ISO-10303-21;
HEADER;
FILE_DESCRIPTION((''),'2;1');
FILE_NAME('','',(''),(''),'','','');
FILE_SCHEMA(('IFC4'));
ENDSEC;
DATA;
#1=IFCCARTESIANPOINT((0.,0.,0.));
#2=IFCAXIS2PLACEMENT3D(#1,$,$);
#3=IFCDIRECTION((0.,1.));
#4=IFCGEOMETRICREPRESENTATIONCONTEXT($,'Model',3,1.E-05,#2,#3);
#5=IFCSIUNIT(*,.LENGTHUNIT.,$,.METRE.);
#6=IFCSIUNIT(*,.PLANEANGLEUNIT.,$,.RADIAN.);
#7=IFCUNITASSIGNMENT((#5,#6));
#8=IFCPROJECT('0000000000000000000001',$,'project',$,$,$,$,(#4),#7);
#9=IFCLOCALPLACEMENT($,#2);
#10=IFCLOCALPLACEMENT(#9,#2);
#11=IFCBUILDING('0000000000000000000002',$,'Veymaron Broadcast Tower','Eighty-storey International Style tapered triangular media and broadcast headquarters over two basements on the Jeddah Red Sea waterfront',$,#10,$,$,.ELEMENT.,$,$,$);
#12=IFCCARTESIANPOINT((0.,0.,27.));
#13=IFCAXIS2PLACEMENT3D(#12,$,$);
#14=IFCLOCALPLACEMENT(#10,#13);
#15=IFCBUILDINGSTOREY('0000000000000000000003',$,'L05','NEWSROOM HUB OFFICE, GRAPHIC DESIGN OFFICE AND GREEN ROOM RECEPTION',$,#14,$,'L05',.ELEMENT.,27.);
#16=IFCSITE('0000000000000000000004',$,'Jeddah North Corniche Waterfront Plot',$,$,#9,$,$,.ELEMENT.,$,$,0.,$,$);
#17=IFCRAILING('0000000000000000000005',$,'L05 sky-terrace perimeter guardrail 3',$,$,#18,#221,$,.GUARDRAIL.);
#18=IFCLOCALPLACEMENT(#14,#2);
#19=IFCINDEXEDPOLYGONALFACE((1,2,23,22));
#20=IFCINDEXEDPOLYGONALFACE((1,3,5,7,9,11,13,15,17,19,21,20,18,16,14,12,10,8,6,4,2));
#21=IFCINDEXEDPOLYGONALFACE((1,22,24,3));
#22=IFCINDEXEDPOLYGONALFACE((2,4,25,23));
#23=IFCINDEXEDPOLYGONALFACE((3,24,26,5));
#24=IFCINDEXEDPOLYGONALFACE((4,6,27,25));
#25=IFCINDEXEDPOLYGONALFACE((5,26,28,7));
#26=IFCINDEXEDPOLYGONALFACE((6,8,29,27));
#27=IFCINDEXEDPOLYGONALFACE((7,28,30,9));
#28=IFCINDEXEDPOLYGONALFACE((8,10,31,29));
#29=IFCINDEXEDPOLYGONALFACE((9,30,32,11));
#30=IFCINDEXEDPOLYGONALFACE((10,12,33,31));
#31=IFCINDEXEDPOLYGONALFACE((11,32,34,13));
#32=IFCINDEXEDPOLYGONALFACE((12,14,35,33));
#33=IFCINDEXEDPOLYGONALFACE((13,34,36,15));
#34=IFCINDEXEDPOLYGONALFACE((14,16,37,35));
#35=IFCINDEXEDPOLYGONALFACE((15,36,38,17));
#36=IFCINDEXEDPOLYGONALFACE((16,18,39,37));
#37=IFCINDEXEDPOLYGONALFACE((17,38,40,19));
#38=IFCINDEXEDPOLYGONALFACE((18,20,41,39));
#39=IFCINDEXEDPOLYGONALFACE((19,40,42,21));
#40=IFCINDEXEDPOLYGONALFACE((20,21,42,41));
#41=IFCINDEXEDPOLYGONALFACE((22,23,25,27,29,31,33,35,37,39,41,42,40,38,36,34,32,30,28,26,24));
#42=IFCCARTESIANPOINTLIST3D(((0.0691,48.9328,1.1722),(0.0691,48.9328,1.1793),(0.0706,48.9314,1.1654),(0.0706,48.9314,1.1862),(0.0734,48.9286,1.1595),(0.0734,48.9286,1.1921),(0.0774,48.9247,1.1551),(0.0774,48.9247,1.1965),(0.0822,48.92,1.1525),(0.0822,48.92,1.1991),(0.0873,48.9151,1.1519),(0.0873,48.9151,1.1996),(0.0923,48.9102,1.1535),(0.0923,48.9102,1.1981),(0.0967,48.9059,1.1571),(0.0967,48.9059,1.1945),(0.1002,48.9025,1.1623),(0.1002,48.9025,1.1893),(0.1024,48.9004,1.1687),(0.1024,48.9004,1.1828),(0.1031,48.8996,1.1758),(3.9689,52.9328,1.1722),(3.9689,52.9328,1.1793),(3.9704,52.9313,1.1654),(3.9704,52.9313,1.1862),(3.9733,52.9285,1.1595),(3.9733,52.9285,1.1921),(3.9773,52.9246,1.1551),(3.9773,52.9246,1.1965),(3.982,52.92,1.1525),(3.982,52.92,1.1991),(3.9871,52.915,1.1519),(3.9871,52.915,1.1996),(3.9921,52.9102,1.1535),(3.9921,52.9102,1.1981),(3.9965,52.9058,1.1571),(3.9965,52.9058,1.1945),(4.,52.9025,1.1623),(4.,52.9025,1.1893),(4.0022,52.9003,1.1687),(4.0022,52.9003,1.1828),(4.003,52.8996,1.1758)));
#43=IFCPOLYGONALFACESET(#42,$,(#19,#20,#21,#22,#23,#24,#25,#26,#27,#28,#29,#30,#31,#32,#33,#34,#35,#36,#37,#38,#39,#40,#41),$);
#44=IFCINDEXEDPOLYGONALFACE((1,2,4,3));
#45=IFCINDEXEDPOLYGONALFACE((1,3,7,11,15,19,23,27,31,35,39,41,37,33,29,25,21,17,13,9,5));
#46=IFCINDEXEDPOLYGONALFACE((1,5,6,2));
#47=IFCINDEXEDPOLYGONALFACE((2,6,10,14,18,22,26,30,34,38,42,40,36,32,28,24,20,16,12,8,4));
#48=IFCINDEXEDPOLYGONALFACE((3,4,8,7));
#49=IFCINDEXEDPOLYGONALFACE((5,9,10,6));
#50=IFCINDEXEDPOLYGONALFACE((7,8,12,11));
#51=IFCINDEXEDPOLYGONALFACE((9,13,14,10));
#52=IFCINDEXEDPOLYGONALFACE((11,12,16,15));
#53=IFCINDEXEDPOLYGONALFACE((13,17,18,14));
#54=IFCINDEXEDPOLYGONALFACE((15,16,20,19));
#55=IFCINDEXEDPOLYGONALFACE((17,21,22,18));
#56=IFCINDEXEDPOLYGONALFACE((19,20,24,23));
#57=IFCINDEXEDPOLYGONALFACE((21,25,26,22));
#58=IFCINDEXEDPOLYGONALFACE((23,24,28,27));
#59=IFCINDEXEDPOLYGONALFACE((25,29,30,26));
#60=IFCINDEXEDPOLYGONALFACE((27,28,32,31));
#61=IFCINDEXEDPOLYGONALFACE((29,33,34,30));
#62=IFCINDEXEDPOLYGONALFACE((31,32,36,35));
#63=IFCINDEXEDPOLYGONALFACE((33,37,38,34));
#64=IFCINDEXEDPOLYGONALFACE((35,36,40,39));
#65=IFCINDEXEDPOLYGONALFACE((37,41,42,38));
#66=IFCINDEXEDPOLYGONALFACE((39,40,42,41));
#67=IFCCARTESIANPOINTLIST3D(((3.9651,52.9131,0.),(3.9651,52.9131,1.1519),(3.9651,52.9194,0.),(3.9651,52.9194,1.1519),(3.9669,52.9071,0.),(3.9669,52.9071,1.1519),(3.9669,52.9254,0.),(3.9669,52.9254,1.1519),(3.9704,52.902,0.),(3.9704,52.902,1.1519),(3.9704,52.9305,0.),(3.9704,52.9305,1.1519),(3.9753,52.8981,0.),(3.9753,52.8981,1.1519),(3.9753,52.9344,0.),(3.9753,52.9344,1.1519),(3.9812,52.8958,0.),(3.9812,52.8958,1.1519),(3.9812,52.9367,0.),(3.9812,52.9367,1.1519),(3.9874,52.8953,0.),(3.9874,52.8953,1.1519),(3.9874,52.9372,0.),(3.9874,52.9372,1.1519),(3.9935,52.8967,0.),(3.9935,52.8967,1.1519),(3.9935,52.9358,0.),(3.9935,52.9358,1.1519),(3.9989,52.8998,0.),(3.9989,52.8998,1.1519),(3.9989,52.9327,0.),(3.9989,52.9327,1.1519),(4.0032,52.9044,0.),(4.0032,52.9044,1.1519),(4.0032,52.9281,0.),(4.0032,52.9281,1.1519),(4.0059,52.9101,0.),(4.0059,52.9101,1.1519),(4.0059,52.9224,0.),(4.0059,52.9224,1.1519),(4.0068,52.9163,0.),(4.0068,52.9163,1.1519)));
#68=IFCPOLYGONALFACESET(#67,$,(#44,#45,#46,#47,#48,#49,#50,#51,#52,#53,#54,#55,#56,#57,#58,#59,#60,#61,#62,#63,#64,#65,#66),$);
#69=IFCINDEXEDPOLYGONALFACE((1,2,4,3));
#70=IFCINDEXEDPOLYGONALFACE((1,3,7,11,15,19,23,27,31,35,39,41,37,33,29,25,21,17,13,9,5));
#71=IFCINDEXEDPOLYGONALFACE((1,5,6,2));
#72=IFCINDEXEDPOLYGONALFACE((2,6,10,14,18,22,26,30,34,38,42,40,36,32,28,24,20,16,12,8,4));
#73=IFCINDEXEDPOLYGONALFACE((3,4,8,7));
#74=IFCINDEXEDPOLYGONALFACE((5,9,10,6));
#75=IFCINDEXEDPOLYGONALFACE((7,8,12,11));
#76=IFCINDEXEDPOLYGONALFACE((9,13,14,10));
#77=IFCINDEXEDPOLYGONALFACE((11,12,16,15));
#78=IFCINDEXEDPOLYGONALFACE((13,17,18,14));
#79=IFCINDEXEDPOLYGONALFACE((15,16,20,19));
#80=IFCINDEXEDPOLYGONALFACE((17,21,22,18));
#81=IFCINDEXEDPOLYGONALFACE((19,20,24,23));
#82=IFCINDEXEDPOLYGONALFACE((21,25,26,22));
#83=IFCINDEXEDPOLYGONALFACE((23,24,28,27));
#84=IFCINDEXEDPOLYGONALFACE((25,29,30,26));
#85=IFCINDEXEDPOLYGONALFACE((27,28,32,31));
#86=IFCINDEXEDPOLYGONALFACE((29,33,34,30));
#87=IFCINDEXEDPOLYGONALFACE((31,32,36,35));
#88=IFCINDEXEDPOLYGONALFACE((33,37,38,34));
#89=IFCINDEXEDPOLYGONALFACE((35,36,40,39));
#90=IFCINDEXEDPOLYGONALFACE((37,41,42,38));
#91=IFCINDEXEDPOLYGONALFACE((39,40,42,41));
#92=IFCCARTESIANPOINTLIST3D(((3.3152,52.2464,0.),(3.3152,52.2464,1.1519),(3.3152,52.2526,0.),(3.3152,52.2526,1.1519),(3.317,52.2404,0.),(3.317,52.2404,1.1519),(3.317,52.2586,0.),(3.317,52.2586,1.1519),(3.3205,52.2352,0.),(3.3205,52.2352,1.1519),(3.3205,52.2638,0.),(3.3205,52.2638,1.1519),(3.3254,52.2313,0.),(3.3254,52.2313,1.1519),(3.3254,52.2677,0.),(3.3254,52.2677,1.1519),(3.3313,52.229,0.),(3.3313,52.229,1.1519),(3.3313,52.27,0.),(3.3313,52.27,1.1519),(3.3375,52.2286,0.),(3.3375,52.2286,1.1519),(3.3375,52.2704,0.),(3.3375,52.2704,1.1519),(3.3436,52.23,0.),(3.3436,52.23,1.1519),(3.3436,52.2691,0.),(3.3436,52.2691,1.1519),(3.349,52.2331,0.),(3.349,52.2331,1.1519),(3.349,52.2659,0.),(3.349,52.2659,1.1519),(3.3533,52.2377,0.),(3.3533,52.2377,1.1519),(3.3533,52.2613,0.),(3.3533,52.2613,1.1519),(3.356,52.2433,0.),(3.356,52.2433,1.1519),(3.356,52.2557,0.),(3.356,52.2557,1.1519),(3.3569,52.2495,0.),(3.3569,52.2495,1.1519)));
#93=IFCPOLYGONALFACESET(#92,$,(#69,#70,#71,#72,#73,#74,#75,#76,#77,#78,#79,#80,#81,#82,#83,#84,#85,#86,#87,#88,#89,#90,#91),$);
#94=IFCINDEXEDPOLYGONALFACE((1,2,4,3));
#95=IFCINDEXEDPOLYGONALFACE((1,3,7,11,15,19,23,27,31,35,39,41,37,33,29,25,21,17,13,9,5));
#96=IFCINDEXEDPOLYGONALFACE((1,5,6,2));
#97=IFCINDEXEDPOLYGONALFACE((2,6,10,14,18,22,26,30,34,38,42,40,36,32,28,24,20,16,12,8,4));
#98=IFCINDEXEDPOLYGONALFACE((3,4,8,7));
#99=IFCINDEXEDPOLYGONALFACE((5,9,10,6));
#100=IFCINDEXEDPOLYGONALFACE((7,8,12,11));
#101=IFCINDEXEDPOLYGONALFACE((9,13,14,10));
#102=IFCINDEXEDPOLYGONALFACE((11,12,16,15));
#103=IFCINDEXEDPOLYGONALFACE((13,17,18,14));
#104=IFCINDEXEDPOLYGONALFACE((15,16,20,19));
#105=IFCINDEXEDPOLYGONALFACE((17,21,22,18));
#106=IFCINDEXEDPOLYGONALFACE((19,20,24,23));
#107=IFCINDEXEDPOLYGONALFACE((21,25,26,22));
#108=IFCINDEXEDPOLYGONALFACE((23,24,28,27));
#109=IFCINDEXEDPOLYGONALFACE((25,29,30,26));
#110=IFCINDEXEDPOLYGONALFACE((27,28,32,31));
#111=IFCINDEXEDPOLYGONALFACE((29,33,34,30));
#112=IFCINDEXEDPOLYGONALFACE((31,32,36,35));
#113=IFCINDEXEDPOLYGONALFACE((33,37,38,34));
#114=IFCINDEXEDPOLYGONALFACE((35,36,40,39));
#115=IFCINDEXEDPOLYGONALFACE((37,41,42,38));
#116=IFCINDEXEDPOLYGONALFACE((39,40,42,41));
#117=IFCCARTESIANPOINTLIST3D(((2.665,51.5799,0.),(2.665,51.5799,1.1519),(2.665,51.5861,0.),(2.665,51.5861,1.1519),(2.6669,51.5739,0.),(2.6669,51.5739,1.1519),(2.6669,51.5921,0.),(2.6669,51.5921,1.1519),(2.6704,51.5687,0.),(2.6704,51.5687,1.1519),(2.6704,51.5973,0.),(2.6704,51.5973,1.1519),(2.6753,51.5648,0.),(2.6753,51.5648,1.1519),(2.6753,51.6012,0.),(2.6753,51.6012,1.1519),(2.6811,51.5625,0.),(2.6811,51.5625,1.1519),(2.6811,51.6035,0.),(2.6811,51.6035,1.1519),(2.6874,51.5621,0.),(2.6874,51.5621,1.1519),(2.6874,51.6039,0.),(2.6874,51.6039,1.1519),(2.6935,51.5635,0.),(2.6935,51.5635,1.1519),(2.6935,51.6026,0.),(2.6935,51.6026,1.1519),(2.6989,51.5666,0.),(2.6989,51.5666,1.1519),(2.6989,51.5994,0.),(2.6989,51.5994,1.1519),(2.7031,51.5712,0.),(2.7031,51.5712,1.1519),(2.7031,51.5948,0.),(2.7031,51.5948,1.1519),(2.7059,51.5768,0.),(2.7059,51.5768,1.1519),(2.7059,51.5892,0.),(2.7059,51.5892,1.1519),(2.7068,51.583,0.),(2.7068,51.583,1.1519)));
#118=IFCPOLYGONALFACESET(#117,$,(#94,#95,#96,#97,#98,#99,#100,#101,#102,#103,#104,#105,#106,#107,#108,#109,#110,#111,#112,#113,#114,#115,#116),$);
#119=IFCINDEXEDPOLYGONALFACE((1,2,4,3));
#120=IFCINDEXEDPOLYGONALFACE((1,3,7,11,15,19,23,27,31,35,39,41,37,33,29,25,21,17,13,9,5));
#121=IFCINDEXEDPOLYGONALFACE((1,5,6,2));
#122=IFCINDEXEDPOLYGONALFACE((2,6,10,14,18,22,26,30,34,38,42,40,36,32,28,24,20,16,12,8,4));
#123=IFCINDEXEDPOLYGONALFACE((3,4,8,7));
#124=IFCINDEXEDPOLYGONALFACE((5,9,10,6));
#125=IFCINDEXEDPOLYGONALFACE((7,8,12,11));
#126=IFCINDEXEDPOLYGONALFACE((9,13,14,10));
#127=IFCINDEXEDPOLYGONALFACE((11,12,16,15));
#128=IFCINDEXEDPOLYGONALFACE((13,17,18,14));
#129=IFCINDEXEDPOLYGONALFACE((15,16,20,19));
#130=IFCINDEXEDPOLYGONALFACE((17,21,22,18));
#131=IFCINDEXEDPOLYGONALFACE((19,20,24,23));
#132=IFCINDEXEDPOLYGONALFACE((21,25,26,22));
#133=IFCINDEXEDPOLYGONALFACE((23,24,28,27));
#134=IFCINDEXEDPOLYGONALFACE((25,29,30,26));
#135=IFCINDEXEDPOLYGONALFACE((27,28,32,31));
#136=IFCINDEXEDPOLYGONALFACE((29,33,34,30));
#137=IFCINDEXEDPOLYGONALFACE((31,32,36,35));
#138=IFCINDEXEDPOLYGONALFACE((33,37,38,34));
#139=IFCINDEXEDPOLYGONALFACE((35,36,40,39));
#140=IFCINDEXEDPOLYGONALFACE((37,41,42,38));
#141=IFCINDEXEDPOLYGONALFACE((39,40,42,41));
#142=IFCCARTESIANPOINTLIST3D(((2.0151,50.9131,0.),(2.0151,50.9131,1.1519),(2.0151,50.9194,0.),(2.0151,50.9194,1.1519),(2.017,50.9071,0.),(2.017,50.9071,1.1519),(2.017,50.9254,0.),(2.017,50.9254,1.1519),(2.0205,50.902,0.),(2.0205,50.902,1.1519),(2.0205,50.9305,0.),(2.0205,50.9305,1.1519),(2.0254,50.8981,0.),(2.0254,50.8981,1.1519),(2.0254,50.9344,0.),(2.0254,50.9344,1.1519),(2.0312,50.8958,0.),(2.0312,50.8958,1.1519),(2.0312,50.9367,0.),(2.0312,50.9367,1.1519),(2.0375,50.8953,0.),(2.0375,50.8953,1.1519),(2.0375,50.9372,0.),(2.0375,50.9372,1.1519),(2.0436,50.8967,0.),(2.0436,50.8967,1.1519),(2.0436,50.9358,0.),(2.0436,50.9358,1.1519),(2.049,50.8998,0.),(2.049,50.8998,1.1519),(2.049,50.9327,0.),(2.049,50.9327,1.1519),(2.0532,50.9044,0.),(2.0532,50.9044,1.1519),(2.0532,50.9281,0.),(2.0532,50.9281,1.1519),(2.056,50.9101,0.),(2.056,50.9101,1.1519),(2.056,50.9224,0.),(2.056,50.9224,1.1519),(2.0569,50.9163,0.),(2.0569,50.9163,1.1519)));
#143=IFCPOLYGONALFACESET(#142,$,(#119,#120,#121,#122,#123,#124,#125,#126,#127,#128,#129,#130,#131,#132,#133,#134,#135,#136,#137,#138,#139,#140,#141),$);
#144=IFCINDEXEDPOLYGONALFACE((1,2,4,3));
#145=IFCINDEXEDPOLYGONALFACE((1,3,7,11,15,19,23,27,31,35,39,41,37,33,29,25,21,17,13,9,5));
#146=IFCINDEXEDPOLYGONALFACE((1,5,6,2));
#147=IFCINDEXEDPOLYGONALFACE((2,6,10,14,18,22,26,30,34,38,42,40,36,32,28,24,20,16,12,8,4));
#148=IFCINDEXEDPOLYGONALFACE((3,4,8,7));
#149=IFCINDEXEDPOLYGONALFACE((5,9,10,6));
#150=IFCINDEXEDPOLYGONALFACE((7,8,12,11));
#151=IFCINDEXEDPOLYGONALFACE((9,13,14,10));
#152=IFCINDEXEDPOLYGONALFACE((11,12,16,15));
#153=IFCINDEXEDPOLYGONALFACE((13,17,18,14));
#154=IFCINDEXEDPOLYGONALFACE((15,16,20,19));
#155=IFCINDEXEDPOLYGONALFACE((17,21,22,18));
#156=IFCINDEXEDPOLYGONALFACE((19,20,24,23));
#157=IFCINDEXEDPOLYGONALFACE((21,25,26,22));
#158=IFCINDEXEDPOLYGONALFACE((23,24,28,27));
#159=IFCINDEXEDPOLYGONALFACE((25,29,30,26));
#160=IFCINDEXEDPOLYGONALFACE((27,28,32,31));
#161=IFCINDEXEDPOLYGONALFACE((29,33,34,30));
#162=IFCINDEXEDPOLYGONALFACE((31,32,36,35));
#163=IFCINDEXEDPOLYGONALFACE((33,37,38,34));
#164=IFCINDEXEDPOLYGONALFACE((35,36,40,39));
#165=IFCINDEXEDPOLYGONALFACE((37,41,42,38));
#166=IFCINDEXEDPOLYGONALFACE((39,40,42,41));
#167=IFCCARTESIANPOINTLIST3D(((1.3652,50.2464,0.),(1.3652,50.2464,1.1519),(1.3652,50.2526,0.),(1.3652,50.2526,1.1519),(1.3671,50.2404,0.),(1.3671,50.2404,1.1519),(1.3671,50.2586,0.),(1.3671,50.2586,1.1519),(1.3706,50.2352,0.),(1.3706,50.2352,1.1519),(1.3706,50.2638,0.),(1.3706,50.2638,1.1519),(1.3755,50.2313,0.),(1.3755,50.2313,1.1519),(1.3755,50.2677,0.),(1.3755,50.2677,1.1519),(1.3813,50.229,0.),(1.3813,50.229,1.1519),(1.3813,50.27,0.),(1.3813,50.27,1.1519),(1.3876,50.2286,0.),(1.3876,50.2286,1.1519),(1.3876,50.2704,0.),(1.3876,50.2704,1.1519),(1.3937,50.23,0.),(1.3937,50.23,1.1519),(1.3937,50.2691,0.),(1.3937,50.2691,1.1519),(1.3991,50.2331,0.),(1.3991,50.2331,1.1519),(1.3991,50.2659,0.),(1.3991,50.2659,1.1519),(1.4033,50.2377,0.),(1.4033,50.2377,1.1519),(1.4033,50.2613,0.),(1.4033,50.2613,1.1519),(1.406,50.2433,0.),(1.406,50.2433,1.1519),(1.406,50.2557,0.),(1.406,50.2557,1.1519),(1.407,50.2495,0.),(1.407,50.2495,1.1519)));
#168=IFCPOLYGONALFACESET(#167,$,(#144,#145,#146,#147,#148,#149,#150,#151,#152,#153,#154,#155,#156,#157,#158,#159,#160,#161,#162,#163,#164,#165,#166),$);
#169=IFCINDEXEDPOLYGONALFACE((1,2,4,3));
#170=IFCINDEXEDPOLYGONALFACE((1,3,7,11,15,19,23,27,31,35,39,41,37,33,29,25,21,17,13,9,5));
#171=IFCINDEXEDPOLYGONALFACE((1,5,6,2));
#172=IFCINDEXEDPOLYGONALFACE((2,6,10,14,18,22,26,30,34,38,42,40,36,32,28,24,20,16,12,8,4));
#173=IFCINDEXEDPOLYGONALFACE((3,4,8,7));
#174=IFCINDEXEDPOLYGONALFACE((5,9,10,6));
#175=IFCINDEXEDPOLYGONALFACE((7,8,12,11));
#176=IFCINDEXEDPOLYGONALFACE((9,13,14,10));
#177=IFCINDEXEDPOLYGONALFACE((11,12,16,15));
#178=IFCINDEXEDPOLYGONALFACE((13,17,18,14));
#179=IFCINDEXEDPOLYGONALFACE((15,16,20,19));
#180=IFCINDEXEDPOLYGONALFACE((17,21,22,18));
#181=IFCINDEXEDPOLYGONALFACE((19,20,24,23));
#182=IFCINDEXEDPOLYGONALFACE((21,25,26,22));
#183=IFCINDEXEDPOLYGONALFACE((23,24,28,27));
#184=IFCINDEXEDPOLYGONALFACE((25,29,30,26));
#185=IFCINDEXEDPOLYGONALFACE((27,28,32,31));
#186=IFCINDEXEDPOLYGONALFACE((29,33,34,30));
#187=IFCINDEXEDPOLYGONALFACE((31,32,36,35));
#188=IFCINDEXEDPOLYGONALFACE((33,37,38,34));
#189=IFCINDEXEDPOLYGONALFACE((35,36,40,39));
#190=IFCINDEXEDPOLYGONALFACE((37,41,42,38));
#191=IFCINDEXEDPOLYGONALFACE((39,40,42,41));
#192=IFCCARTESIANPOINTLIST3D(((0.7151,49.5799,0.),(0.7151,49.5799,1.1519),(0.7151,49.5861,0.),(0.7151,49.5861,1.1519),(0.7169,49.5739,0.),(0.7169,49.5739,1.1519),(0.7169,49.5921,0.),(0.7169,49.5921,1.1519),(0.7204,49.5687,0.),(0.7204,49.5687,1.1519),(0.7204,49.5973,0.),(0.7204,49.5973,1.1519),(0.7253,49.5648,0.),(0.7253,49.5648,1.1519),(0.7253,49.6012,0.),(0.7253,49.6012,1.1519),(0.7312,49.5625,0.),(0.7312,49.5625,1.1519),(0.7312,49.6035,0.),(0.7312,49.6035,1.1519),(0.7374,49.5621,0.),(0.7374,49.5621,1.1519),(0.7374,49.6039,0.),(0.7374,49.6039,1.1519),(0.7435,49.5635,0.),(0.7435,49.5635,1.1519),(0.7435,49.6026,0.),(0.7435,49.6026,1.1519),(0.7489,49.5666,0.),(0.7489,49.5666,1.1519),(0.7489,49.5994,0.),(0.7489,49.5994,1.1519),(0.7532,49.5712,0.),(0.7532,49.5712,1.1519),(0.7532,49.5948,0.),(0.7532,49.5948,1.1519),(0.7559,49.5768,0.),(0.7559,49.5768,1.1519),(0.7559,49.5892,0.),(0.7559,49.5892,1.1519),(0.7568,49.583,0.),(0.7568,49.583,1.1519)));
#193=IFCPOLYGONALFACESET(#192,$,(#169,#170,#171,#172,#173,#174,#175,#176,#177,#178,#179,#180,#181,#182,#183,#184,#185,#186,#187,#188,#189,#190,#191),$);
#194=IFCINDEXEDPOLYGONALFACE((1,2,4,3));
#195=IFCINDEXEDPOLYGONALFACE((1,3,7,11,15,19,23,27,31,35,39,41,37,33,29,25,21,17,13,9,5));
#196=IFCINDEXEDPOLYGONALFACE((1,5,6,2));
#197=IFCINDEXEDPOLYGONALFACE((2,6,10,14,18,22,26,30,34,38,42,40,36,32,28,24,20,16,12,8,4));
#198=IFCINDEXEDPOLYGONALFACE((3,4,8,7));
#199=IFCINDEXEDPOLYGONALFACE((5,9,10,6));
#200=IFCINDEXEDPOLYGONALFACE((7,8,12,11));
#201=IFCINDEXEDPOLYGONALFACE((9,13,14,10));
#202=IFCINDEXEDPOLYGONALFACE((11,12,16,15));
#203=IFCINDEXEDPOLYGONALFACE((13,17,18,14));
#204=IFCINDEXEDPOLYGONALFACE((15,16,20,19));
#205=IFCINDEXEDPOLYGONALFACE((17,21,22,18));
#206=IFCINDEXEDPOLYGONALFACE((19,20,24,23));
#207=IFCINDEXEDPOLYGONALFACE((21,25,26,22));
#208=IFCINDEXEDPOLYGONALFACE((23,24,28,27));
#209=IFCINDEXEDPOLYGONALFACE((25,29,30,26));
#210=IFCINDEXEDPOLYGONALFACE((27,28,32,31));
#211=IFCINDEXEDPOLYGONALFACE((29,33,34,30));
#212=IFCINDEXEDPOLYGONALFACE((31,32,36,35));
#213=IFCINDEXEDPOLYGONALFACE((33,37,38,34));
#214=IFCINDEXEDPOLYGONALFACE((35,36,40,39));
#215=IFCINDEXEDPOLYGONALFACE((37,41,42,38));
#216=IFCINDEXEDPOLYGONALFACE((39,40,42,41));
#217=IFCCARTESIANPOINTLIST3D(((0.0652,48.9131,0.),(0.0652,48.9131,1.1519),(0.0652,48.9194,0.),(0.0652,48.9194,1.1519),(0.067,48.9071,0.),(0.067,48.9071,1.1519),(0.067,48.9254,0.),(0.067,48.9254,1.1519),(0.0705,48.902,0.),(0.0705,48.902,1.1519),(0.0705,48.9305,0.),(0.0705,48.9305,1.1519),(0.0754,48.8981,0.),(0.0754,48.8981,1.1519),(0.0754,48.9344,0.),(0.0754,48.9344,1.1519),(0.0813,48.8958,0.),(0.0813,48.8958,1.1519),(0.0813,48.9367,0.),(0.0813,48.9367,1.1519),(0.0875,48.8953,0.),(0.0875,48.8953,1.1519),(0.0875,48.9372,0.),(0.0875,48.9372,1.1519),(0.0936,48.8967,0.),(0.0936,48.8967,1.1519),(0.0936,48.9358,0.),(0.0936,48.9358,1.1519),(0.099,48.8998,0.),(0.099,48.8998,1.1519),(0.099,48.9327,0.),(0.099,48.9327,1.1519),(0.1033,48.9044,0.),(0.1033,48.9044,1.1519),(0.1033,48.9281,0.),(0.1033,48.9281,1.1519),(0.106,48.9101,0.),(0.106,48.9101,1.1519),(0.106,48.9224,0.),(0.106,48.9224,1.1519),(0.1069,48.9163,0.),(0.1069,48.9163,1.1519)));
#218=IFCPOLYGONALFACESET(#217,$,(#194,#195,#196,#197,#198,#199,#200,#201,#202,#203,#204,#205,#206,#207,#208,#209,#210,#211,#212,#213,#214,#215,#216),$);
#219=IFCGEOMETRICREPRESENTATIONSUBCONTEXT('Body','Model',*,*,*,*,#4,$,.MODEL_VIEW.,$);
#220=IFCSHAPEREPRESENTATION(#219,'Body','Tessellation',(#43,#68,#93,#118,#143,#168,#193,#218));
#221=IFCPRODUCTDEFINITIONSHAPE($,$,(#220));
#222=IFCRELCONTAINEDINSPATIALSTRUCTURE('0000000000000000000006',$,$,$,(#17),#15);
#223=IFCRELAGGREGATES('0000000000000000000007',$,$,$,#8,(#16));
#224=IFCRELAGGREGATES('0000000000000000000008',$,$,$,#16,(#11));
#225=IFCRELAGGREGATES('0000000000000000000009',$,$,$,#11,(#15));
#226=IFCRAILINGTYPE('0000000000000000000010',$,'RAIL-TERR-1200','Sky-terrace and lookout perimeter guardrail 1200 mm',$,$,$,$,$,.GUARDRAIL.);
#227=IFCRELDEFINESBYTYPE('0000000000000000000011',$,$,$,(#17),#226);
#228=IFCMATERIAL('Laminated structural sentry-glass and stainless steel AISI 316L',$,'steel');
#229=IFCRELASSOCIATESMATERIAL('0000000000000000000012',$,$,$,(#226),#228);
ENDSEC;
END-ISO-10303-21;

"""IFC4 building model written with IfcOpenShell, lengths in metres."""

from ifc_helpers import new_model, si_unit, direction, frame, origin, origin_2d, place, context, subcontext, project, spatial, circle, extrude, material, type_object, element, save


model = new_model("IFC4")

# Units and contexts
model_context = context("Model", 3, precision=1e-05, world=origin(), true_north=direction((0.0, 1.0)))
body_context = subcontext(model_context, "Body", "Model", "MODEL_VIEW")
ifc_project = project(units=[si_unit("LENGTHUNIT", "METRE"), si_unit("PLANEANGLEUNIT", "RADIAN")], contexts=[model_context])

# Site, building, storey
site_placement = place(None, origin())
site = spatial("IfcSite", under=ifc_project, at=site_placement, Name="Jeddah North Corniche Waterfront Plot", CompositionType="ELEMENT", RefElevation=0.0)
building_placement = place(site_placement, origin())
building = spatial("IfcBuilding", under=site, at=building_placement, Name="Veymaron Broadcast Tower", Description="Eighty-storey International Style tapered triangular media and broadcast headquarters over two basements on the Jeddah Red Sea waterfront", CompositionType="ELEMENT")
storey_placement = place(building_placement, frame((0.0, 0.0, 27.0)))
storey = spatial("IfcBuildingStorey", under=building, at=storey_placement, Name="L05", Description="NEWSROOM HUB OFFICE, GRAPHIC DESIGN OFFICE AND GREEN ROOM RECEPTION", LongName="L05", CompositionType="ELEMENT", Elevation=27.0)

# Railing
ifc_material_1 = material(Name="Laminated structural sentry-glass and stainless steel AISI 316L", Category="steel")
railing_type = type_object("IfcRailingType", Name="RAIL-TERR-1200", Description="Sky-terrace and lookout perimeter guardrail 1200 mm", PredefinedType="GUARDRAIL", material=ifc_material_1)
railing_1_placement = place(storey_placement, frame((3.9858, 52.9163, 0.0)))
element("IfcRailing", 1, at=railing_1_placement, inside=storey, type_object=railing_type, Name="L05 sky-terrace perimeter guardrail 3", PredefinedType="GUARDRAIL", context=body_context, shape_type="SweptSolid", body=[
    extrude(circle(Radius=0.0239, at=origin_2d()), frame((0.0, 0.0, 1.1758), z_axis=(-0.698091, -0.716009, 0.0), x_axis=(0.716009, -0.698091, 0.0)), (0.0, 0.0, 1.0), 5.5864),
    extrude(circle(Radius=0.021, at=origin_2d()), origin(), (0.0, 0.0, 1.0), 1.1519),
    extrude(circle(Radius=0.021, at=origin_2d()), frame((-0.6499, -0.6667, 0.0)), (0.0, 0.0, 1.0), 1.1519),
    extrude(circle(Radius=0.021, at=origin_2d()), frame((-1.3, -1.3333, 0.0)), (0.0, 0.0, 1.0), 1.1519),
    extrude(circle(Radius=0.021, at=origin_2d()), frame((-1.95, -2.0, 0.0)), (0.0, 0.0, 1.0), 1.1519),
    extrude(circle(Radius=0.021, at=origin_2d()), frame((-2.5999, -2.6667, 0.0)), (0.0, 0.0, 1.0), 1.1519),
    extrude(circle(Radius=0.021, at=origin_2d()), frame((-3.25, -3.3333, 0.0)), (0.0, 0.0, 1.0), 1.1519),
    extrude(circle(Radius=0.021, at=origin_2d()), frame((-3.8999, -4.0, 0.0)), (0.0, 0.0, 1.0), 1.1519),
])

save(model, "model.ifc")
